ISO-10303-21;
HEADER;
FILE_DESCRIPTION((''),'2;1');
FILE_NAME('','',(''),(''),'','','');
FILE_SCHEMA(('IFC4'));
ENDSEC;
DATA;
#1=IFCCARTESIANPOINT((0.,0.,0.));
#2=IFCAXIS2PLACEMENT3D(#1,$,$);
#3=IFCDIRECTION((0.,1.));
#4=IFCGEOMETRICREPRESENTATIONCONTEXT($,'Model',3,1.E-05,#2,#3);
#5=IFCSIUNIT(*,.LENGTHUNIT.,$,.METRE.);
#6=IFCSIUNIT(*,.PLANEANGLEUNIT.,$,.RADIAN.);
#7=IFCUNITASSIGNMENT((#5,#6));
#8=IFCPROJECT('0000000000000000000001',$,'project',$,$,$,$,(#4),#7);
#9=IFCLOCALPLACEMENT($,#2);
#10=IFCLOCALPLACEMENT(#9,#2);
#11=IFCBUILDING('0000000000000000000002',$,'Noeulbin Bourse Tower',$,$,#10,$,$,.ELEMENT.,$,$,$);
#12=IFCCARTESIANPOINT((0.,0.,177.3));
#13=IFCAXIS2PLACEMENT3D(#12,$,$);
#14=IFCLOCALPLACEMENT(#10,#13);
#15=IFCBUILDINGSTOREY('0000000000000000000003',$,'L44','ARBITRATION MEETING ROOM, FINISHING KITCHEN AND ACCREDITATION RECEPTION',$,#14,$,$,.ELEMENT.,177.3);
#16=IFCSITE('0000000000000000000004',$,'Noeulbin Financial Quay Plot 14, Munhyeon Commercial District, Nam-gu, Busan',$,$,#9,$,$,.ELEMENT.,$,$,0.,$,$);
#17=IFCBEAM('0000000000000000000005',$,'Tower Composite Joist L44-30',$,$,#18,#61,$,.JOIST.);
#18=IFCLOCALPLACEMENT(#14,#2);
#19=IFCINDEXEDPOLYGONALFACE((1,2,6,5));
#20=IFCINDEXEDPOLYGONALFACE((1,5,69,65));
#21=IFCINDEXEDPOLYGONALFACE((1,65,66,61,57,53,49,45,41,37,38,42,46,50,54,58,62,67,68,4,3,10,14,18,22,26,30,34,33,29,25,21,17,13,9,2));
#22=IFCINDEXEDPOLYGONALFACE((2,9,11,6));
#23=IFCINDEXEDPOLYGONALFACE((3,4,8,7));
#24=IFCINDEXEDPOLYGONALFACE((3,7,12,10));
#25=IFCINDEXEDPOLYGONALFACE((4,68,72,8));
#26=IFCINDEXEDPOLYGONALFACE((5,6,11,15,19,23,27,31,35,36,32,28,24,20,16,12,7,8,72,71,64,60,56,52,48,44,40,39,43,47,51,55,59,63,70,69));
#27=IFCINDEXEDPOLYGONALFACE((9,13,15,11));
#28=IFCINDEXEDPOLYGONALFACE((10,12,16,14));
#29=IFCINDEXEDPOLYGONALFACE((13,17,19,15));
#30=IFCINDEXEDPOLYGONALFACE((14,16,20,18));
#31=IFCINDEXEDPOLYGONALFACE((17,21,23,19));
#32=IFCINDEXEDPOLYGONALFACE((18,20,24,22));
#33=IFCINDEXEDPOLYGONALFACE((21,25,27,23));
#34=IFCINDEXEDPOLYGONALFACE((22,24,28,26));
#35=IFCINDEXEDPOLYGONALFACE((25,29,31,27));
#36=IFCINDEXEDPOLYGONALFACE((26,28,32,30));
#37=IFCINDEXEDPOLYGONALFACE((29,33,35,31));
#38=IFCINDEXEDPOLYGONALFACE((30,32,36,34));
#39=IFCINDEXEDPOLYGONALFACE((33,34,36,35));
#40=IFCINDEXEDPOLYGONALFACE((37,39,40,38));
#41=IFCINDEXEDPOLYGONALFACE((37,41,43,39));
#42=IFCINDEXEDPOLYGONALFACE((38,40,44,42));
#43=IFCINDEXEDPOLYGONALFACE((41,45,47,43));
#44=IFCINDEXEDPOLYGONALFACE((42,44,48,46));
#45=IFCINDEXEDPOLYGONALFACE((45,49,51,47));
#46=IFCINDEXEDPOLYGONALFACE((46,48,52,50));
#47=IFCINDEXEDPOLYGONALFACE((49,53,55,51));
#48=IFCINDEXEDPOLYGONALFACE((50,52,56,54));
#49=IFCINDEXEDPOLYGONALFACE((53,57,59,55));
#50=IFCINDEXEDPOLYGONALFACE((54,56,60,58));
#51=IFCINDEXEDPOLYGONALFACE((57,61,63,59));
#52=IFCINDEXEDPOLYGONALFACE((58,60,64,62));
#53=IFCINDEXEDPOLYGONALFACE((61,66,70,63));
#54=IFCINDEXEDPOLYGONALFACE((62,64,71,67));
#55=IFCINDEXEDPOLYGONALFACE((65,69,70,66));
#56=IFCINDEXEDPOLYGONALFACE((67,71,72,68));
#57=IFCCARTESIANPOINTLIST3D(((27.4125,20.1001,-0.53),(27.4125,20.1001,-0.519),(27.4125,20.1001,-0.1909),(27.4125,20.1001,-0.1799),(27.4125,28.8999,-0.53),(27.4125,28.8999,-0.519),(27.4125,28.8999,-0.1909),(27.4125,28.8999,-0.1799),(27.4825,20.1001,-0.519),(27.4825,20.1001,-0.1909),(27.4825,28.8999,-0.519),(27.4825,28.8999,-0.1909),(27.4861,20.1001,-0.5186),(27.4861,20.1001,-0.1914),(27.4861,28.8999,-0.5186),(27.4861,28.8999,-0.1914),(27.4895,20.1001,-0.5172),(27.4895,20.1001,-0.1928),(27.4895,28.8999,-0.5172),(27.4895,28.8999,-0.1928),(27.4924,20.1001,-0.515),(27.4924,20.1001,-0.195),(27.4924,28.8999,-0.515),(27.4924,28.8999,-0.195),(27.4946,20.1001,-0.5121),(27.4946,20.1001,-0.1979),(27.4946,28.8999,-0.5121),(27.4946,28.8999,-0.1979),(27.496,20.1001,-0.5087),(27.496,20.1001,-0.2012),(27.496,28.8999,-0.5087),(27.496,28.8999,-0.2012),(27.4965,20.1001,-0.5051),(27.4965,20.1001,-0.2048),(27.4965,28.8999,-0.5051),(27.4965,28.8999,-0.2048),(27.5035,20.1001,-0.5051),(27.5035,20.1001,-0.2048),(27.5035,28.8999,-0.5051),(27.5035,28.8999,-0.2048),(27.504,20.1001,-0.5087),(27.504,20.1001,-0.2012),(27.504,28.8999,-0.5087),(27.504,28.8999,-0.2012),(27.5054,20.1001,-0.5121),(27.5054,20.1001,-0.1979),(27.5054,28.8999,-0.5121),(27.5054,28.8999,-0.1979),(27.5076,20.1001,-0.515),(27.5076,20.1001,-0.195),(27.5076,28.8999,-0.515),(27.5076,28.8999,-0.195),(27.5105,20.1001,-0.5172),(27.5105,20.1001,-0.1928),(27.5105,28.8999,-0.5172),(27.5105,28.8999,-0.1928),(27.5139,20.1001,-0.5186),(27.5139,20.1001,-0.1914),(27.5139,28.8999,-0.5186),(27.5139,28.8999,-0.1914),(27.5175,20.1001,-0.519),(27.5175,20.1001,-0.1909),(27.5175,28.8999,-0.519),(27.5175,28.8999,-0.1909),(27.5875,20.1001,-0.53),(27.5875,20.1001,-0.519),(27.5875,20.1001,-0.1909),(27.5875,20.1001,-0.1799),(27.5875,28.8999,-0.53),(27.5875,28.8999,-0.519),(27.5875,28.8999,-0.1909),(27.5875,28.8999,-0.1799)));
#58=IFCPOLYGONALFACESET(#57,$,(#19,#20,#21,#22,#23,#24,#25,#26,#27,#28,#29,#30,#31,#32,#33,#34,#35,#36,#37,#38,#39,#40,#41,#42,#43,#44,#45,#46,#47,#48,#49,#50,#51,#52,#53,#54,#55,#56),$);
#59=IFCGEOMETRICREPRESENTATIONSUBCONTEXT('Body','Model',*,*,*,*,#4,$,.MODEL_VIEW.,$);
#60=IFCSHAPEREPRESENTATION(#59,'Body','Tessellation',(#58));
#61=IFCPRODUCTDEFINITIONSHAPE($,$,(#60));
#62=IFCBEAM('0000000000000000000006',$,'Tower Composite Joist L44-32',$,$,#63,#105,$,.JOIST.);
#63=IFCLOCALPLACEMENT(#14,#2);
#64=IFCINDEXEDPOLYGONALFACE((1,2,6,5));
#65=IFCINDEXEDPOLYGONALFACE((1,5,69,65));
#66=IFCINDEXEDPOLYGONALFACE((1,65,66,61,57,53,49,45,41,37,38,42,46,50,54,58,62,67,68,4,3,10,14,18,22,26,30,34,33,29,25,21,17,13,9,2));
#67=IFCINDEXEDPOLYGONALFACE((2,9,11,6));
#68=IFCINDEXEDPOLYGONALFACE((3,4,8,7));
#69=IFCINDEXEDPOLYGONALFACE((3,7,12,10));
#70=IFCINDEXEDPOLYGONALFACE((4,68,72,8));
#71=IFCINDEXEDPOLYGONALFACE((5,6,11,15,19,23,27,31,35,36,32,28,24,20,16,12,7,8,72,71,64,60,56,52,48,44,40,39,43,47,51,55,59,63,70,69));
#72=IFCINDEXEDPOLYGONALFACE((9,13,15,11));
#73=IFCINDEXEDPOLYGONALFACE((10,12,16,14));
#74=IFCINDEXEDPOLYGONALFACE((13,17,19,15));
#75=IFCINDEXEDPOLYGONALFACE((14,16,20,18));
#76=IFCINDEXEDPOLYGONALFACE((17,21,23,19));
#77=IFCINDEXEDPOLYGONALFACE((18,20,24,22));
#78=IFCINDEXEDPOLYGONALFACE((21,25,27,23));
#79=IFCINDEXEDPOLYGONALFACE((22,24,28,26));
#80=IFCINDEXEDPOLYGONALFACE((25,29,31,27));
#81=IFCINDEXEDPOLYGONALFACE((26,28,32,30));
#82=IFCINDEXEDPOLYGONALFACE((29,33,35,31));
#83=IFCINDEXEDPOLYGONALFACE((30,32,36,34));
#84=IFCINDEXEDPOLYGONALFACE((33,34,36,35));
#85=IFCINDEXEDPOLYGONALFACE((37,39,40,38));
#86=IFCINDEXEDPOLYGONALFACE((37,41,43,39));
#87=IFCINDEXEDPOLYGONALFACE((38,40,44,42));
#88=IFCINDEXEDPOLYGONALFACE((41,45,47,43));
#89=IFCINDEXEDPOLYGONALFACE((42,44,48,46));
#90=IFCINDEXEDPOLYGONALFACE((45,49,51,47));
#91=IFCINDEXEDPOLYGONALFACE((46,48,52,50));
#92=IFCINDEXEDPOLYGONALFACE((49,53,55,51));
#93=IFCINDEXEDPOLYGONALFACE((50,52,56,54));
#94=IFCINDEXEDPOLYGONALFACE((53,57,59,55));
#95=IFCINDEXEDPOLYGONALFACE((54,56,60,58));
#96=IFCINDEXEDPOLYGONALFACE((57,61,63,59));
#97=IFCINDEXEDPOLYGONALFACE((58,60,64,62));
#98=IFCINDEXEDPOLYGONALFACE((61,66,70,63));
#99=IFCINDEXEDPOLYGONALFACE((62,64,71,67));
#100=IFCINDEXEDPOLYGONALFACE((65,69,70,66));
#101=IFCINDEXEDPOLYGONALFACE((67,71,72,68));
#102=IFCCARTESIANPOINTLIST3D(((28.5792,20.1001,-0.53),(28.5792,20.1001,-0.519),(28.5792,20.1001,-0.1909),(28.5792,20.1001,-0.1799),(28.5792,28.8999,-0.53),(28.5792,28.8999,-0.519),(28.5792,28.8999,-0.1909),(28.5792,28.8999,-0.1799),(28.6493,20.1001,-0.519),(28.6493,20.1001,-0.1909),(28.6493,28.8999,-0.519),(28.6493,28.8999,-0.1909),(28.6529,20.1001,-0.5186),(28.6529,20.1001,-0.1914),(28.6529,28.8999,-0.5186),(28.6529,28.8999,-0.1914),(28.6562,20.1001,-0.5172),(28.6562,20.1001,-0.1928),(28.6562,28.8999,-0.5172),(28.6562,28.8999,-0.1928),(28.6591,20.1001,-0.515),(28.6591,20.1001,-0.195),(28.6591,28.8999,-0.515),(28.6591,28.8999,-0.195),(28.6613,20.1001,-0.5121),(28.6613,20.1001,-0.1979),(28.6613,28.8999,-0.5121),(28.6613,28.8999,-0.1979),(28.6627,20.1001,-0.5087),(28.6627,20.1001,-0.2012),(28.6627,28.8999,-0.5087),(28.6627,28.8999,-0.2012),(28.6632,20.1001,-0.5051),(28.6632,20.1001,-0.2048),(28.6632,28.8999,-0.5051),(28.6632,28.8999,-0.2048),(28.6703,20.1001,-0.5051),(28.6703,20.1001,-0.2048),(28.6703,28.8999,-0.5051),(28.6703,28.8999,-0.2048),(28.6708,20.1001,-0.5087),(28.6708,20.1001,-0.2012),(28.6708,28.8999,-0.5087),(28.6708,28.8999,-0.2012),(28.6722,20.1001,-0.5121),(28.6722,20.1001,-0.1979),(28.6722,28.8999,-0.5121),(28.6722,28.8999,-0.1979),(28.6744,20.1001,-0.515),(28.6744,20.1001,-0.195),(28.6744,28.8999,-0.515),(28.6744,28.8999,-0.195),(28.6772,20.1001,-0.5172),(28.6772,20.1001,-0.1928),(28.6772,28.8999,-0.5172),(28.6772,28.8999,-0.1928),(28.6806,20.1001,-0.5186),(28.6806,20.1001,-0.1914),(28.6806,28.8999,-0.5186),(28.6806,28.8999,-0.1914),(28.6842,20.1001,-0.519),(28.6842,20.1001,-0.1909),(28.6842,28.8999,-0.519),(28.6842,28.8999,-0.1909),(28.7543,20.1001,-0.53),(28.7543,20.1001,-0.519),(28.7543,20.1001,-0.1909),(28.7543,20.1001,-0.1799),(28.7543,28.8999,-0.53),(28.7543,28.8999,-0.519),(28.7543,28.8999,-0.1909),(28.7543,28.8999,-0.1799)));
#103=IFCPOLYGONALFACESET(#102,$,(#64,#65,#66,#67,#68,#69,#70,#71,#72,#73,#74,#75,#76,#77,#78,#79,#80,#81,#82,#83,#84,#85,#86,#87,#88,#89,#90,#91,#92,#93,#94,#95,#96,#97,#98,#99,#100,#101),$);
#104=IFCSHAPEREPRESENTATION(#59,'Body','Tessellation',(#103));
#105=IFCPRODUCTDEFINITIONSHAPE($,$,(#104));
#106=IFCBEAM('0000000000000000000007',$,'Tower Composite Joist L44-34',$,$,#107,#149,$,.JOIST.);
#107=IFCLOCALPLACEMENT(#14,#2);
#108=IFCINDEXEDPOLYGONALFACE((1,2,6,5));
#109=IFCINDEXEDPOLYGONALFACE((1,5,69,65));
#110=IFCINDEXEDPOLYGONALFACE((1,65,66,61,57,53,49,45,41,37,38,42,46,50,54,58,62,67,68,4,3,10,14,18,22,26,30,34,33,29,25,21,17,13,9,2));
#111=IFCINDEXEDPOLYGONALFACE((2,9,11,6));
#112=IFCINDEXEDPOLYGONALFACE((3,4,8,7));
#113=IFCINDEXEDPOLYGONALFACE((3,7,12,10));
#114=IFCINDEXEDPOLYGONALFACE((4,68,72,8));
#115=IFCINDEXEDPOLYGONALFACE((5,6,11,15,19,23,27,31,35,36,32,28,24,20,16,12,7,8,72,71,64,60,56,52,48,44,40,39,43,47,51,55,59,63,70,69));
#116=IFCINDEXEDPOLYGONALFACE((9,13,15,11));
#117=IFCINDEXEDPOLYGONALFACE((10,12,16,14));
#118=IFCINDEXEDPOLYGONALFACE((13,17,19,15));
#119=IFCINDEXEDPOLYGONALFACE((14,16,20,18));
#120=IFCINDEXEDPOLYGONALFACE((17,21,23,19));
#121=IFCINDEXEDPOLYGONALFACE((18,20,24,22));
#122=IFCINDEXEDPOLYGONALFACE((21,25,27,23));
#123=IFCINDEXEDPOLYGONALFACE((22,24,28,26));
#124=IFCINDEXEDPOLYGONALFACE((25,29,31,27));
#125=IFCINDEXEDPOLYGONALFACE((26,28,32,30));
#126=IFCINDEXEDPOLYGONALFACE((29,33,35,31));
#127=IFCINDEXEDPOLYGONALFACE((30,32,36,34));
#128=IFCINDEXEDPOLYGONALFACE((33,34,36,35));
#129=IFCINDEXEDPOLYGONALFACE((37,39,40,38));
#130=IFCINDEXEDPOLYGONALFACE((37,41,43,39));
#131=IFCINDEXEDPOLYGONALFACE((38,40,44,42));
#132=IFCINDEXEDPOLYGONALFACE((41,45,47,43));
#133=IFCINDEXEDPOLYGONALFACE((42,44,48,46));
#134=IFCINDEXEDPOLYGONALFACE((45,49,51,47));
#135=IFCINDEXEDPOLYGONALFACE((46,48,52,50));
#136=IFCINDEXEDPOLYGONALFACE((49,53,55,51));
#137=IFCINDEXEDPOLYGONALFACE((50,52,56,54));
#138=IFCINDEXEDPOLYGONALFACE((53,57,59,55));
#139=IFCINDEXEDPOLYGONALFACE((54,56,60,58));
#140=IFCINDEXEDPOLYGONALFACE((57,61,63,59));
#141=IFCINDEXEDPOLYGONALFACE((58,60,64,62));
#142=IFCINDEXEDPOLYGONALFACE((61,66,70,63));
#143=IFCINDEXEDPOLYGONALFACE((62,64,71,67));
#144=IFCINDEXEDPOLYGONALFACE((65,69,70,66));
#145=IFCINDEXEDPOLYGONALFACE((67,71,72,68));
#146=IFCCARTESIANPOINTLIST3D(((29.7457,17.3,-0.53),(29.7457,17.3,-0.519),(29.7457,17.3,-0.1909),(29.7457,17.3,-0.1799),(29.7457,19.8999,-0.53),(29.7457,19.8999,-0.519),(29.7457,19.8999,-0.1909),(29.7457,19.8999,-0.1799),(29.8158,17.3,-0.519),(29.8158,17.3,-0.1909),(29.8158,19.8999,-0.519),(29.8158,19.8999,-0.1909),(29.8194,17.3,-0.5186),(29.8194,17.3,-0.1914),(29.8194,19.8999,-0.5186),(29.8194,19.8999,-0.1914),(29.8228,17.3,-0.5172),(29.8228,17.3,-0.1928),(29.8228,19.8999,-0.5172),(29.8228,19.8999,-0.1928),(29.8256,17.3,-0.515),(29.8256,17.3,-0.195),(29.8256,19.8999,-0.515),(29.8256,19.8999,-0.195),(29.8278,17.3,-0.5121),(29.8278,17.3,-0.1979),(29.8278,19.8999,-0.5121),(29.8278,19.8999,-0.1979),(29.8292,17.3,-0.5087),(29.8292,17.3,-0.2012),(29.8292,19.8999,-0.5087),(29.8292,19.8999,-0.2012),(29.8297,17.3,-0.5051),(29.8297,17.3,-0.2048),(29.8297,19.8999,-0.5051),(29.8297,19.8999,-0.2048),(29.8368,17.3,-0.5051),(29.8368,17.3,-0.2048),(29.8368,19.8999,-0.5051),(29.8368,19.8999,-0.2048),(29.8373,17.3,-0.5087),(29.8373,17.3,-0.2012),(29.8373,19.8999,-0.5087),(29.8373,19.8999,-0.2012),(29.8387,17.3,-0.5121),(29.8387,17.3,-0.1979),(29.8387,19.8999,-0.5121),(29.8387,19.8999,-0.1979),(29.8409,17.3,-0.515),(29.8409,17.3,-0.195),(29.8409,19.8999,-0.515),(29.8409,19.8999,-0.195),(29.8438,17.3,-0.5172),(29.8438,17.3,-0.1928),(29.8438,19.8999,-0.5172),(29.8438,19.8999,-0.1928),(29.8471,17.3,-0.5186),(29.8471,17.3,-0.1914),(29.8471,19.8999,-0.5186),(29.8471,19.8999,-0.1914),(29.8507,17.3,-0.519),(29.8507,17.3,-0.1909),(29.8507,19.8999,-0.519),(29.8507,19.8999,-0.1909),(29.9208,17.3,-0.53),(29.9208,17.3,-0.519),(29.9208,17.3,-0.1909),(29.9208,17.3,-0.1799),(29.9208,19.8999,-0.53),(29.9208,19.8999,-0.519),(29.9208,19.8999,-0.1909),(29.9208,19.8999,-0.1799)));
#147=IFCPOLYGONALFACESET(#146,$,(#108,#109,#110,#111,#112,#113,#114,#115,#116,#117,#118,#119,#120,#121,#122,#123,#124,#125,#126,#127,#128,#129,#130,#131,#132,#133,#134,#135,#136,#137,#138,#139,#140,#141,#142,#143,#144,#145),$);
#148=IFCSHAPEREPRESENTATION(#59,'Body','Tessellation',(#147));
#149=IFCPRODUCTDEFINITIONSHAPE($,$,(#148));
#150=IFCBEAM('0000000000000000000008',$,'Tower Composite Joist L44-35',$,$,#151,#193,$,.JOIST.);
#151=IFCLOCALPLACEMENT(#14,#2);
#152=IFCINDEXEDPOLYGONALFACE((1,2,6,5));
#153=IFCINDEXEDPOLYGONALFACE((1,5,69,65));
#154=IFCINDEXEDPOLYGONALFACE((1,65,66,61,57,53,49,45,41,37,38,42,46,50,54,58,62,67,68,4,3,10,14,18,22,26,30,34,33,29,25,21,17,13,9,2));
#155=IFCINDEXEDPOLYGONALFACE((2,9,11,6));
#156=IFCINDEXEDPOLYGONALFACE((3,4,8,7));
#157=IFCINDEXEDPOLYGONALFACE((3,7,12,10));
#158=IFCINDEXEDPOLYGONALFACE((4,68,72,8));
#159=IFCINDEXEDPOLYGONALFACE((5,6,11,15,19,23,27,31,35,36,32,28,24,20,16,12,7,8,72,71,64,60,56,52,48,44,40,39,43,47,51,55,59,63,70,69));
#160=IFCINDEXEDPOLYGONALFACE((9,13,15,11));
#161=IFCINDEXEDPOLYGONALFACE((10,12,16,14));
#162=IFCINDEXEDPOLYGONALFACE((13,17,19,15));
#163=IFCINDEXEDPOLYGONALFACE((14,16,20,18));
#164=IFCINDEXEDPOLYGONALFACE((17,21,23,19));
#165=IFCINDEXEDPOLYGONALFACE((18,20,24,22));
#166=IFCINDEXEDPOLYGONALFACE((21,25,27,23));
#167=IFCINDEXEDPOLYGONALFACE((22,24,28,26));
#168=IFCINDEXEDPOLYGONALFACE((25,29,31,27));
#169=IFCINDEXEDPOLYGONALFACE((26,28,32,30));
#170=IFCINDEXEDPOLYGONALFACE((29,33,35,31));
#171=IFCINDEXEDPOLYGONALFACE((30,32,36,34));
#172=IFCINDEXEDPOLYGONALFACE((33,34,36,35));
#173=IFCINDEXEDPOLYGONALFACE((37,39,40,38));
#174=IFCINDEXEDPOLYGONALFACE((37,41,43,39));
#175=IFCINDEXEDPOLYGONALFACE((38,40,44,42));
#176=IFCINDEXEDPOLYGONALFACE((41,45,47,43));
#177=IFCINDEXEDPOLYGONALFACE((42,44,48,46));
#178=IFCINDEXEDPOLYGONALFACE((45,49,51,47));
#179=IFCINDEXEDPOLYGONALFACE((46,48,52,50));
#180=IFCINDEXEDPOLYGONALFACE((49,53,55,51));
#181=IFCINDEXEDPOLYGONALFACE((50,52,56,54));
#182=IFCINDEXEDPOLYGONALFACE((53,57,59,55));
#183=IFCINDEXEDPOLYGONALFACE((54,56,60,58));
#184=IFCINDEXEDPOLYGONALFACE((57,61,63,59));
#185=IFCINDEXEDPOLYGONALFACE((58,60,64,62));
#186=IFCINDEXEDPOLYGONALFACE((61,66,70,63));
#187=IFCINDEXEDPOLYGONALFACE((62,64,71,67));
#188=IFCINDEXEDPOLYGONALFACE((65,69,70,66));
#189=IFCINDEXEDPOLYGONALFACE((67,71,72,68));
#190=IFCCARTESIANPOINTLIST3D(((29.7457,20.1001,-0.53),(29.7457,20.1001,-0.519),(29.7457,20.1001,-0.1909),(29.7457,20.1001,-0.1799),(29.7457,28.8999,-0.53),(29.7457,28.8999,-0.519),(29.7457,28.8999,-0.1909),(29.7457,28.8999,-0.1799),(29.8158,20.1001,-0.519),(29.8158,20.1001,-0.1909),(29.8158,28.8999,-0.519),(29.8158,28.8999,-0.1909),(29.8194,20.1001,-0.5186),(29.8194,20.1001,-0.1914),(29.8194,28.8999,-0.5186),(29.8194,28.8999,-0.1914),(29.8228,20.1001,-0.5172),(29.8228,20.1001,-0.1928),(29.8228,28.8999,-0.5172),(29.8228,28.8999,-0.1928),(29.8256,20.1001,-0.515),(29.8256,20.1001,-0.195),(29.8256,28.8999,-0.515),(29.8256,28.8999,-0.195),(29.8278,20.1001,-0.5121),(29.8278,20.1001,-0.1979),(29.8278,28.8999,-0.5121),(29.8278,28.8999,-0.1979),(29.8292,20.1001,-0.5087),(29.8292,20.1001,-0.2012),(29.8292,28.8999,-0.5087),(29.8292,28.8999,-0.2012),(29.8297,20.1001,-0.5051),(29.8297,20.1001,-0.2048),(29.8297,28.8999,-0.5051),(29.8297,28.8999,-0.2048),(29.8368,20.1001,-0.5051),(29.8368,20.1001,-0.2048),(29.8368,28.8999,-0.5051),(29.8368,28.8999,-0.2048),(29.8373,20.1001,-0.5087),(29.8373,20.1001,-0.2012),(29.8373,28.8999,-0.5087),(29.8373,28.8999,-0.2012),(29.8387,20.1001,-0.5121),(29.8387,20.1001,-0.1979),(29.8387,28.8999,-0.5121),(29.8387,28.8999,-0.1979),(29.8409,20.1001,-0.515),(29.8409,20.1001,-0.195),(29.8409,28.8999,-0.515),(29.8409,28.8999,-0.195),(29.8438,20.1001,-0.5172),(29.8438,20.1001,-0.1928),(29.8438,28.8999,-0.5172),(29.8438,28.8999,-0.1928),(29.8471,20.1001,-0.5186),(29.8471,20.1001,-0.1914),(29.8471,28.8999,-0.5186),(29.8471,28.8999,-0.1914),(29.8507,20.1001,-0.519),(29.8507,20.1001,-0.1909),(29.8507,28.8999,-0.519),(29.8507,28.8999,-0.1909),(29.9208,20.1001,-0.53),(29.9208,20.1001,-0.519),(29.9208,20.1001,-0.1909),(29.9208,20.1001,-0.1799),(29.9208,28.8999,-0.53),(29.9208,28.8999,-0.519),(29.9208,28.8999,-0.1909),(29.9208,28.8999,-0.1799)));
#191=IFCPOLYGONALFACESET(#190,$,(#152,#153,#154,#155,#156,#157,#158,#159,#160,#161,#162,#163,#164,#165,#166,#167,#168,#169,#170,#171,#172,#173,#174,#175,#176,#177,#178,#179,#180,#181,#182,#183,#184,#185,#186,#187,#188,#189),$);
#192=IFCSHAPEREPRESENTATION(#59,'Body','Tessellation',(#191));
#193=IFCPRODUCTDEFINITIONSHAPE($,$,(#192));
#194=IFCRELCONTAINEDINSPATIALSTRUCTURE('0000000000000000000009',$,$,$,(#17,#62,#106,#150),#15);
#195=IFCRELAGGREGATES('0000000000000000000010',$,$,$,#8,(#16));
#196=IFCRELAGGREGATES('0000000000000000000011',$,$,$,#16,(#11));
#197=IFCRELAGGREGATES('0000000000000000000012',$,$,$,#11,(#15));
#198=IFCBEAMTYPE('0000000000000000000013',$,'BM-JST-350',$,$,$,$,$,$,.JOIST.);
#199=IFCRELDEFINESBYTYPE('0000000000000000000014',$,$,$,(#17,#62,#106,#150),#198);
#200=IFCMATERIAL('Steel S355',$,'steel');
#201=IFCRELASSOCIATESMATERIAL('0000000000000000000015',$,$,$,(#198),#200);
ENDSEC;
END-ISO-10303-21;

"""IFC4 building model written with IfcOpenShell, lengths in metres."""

from ifc_helpers import new_model, si_unit, direction, frame, origin, origin_2d, place, context, subcontext, project, spatial, i_section, extrude, material, material_profile, profile_set, type_object, element, save


model = new_model("IFC4")

# Units and contexts
model_context = context("Model", 3, precision=1e-05, world=origin(), true_north=direction((0.0, 1.0)))
body_context = subcontext(model_context, "Body", "Model", "MODEL_VIEW")
ifc_project = project(units=[si_unit("LENGTHUNIT", "METRE"), si_unit("PLANEANGLEUNIT", "RADIAN")], contexts=[model_context])

# Site, building, storey
site_placement = place(None, origin())
site = spatial("IfcSite", under=ifc_project, at=site_placement, Name="Noeulbin Financial Quay Plot 14, Munhyeon Commercial District, Nam-gu, Busan", CompositionType="ELEMENT", RefElevation=0.0)
building_placement = place(site_placement, origin())
building = spatial("IfcBuilding", under=site, at=building_placement, Name="Noeulbin Bourse Tower", CompositionType="ELEMENT")
storey_placement = place(building_placement, frame((0.0, 0.0, 177.3)))
storey = spatial("IfcBuildingStorey", under=building, at=storey_placement, Name="L44", Description="ARBITRATION MEETING ROOM, FINISHING KITCHEN AND ACCREDITATION RECEPTION", CompositionType="ELEMENT", Elevation=177.3)

# Beams
ifc_material_1 = material(Name="Steel S355", Category="steel")
ifc_material_profile_1 = material_profile(ifc_material_1, i_section(OverallWidth=0.175, OverallDepth=0.3501, WebThickness=0.0071, FlangeThickness=0.011, FilletRadius=0.0139, at=origin_2d()), Name="H-350x175x7x11", Category="LoadBearing")
ifc_profile_set_1 = profile_set([ifc_material_profile_1], Name="Steel S355")
beam_type_1 = type_object("IfcBeamType", Name="BM-JST-350", PredefinedType="JOIST", material=ifc_profile_set_1)
for number, where, z_axis, x_axis, name in (
    (1, (27.5, 20.1001, -0.355), (0.0, 1.0, 0.0), (-1.0, 0.0, 0.0), "Tower Composite Joist L44-30"),
    (2, (28.6667, 20.1001, -0.355), (0.0, 1.0, 0.0), (-1.0, 0.0, 0.0), "Tower Composite Joist L44-32"),
):
    element("IfcBeam", number, at=place(storey_placement, frame(where, z_axis=z_axis, x_axis=x_axis)), inside=storey, type_object=beam_type_1, Name=name, PredefinedType="JOIST", context=body_context, shape_type="SweptSolid", body=[
        extrude(i_section(OverallWidth=0.175, OverallDepth=0.3501, WebThickness=0.0071, FlangeThickness=0.011, FilletRadius=0.0139, at=origin_2d()), origin(), (0.0, 0.0, 1.0), 8.7998),
    ])
beam_1_placement = place(storey_placement, frame((29.8333, 17.3, -0.355), z_axis=(0.0, 1.0, 0.0), x_axis=(-1.0, 0.0, 0.0)))
element("IfcBeam", 3, at=beam_1_placement, inside=storey, type_object=beam_type_1, Name="Tower Composite Joist L44-34", PredefinedType="JOIST", context=body_context, shape_type="SweptSolid", body=[
    extrude(i_section(OverallWidth=0.175, OverallDepth=0.3501, WebThickness=0.0071, FlangeThickness=0.011, FilletRadius=0.0139, at=origin_2d()), origin(), (0.0, 0.0, 1.0), 2.5999),
])
beam_2_placement = place(storey_placement, frame((29.8333, 20.1001, -0.355), z_axis=(0.0, 1.0, 0.0), x_axis=(-1.0, 0.0, 0.0)))
element("IfcBeam", 4, at=beam_2_placement, inside=storey, type_object=beam_type_1, Name="Tower Composite Joist L44-35", PredefinedType="JOIST", context=body_context, shape_type="SweptSolid", body=[
    extrude(i_section(OverallWidth=0.175, OverallDepth=0.3501, WebThickness=0.0071, FlangeThickness=0.011, FilletRadius=0.0139, at=origin_2d()), origin(), (0.0, 0.0, 1.0), 8.7998),
])

save(model, "model.ifc")
